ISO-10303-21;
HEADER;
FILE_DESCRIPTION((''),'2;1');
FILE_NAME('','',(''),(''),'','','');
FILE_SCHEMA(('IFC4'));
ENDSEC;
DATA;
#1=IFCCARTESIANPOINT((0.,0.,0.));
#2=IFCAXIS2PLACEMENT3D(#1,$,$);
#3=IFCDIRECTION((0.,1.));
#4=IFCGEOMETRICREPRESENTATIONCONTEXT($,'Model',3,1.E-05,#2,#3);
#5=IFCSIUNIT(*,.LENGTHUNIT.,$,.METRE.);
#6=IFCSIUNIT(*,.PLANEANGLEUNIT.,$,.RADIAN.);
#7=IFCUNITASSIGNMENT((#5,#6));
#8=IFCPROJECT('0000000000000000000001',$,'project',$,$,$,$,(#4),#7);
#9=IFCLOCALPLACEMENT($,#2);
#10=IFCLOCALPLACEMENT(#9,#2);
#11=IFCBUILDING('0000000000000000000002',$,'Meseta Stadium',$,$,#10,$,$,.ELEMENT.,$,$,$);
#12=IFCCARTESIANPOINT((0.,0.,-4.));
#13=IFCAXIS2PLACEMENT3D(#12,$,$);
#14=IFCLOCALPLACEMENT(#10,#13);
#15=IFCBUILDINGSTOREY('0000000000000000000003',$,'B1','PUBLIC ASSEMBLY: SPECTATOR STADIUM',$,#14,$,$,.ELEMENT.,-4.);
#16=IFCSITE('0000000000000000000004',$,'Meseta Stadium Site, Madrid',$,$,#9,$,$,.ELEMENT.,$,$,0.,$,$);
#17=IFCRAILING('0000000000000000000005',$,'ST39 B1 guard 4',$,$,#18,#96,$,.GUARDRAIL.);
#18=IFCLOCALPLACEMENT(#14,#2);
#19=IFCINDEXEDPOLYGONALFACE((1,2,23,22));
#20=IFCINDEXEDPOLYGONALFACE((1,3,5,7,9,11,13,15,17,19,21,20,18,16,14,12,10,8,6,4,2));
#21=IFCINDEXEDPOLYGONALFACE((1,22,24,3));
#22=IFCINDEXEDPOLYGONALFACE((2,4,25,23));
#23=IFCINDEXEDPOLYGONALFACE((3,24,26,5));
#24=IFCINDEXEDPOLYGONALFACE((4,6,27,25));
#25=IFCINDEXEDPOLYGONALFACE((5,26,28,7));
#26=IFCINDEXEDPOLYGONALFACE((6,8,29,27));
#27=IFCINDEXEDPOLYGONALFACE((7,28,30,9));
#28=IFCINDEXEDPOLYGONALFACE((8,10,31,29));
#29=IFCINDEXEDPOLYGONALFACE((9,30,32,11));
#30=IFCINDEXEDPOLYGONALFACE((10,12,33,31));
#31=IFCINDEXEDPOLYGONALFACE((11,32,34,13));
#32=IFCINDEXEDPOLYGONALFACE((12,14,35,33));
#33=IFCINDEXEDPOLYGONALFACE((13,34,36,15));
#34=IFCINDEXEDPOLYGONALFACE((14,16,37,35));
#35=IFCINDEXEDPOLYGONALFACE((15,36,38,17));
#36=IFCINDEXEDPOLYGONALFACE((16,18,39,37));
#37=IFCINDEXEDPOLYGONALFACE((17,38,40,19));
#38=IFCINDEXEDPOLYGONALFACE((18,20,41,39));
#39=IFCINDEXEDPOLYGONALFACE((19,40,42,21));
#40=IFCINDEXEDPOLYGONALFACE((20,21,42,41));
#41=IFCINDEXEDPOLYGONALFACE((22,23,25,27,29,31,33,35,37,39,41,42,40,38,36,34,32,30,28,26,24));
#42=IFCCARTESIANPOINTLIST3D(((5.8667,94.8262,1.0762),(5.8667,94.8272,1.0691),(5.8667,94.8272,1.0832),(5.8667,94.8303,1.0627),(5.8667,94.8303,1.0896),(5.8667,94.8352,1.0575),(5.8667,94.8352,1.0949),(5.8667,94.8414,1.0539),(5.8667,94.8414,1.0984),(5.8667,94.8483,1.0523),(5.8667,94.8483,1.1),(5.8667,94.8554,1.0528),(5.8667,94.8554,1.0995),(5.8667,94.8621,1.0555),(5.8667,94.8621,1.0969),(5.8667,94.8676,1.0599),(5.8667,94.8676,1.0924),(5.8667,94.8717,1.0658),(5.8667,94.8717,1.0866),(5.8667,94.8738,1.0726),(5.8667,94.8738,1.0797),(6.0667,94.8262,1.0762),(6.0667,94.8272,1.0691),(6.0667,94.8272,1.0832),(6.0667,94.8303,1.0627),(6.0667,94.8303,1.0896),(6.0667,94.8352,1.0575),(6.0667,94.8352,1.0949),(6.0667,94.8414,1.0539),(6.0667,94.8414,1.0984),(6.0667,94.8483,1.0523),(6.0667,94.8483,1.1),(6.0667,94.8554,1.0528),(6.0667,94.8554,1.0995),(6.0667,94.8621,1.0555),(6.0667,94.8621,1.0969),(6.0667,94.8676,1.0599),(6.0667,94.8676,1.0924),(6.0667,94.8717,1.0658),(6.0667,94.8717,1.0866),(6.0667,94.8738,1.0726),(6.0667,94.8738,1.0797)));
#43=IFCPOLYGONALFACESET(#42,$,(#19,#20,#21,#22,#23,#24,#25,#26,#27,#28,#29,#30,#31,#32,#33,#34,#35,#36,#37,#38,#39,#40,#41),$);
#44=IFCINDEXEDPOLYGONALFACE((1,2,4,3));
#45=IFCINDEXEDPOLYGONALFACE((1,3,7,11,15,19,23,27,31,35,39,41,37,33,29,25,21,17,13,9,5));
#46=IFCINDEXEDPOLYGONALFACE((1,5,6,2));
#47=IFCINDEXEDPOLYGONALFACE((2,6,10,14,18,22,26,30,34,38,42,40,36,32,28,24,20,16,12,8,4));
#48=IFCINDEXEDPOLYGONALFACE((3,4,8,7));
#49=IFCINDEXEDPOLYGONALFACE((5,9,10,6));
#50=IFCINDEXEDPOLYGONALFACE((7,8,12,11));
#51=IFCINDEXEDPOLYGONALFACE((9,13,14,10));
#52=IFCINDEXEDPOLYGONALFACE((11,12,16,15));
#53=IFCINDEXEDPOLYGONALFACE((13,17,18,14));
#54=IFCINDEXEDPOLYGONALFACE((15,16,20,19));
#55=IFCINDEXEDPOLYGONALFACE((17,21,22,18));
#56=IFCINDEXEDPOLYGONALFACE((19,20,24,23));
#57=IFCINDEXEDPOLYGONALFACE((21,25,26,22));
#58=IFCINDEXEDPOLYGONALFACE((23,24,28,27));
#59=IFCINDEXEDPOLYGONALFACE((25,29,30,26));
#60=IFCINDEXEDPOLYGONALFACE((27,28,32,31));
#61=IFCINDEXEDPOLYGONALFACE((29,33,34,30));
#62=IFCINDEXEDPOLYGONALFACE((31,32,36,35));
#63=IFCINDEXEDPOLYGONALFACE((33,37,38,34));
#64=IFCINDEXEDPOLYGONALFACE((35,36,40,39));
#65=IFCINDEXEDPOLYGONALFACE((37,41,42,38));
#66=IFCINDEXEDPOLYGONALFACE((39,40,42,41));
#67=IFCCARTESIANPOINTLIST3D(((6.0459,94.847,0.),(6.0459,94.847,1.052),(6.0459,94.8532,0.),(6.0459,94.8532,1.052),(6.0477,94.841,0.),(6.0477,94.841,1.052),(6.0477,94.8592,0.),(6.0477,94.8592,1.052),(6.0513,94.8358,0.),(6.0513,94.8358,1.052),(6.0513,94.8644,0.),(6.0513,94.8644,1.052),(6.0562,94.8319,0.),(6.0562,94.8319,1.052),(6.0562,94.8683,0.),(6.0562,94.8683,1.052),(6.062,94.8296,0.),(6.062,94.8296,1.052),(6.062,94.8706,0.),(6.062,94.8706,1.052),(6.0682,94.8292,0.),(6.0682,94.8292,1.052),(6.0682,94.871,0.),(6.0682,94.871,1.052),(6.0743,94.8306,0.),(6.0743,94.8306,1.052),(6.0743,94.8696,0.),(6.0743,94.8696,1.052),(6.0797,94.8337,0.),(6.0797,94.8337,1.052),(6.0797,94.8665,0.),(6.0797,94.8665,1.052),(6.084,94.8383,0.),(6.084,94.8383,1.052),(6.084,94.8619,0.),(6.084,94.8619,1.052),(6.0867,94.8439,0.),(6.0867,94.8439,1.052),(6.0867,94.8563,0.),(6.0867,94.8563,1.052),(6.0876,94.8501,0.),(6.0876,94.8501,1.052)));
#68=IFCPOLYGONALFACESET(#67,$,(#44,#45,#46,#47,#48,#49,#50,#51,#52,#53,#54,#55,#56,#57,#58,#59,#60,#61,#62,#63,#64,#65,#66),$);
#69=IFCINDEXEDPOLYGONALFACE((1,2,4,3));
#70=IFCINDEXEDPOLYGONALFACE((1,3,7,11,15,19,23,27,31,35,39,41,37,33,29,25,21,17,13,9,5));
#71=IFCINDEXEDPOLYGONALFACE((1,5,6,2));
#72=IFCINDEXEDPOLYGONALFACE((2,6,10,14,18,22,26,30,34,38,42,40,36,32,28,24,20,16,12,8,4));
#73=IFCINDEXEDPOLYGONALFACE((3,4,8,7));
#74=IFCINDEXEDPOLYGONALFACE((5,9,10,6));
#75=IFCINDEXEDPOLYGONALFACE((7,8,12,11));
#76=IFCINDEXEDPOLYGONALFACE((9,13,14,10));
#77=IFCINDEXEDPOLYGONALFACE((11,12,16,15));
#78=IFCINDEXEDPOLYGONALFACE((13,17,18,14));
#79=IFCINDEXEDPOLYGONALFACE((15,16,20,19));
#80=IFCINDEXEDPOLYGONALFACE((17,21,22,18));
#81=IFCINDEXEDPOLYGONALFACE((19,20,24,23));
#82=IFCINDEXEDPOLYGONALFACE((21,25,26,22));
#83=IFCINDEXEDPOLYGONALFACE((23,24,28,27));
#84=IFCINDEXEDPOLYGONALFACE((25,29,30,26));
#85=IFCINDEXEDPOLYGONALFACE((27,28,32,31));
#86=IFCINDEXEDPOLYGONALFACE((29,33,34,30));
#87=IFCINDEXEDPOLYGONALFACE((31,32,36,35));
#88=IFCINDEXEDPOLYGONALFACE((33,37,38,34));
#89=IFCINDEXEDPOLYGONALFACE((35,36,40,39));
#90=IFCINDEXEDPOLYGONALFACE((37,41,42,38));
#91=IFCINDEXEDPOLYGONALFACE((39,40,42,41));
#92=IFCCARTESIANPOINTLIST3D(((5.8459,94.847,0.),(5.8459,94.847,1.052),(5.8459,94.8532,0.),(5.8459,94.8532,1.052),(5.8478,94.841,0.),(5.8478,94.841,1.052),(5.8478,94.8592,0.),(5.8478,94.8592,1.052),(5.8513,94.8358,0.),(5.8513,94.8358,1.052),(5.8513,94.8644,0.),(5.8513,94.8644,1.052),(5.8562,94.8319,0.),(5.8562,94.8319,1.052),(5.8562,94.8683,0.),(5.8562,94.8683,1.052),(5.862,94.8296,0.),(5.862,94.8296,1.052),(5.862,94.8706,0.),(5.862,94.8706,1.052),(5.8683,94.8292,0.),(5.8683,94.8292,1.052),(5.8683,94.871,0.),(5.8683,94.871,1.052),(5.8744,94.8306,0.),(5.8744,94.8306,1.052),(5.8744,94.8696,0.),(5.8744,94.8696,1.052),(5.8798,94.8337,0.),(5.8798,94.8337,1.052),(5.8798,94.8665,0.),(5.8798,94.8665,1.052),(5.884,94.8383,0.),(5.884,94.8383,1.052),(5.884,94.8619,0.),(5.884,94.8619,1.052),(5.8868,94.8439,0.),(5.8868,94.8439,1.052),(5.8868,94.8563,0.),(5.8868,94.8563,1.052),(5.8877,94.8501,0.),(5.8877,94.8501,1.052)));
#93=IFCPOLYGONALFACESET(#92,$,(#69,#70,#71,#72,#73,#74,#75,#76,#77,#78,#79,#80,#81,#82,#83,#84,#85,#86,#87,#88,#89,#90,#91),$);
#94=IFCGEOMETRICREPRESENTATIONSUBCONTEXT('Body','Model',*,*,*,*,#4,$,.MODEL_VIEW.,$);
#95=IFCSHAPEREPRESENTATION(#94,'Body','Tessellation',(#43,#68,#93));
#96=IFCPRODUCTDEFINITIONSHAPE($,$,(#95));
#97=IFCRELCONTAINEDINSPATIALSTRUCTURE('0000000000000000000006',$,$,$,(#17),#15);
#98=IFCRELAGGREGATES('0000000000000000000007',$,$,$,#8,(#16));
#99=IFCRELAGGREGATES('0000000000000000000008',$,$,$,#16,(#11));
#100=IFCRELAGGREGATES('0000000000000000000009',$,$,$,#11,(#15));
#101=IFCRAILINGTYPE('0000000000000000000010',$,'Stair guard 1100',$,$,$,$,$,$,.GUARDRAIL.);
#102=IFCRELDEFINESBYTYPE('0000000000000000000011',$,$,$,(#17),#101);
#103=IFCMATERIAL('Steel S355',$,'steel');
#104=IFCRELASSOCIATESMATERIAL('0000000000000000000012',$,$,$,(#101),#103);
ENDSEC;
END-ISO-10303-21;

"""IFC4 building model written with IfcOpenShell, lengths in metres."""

from ifc_helpers import new_model, si_unit, direction, frame, origin, origin_2d, place, context, subcontext, project, spatial, circle, extrude, material, type_object, element, save


model = new_model("IFC4")

# Units and contexts
model_context = context("Model", 3, precision=1e-05, world=origin(), true_north=direction((0.0, 1.0)))
body_context = subcontext(model_context, "Body", "Model", "MODEL_VIEW")
ifc_project = project(units=[si_unit("LENGTHUNIT", "METRE"), si_unit("PLANEANGLEUNIT", "RADIAN")], contexts=[model_context])

# Site, building, storey
site_placement = place(None, origin())
site = spatial("IfcSite", under=ifc_project, at=site_placement, Name="Meseta Stadium Site, Madrid", CompositionType="ELEMENT", RefElevation=0.0)
building_placement = place(site_placement, origin())
building = spatial("IfcBuilding", under=site, at=building_placement, Name="Meseta Stadium", CompositionType="ELEMENT")
storey_placement = place(building_placement, frame((0.0, 0.0, -4.0)))
storey = spatial("IfcBuildingStorey", under=building, at=storey_placement, Name="B1", Description="PUBLIC ASSEMBLY: SPECTATOR STADIUM", CompositionType="ELEMENT", Elevation=-4.0)

# Railing
ifc_material_1 = material(Name="Steel S355", Category="steel")
railing_type_1 = type_object("IfcRailingType", Name="Stair guard 1100", PredefinedType="GUARDRAIL", material=ifc_material_1)
railing_1_placement = place(storey_placement, frame((6.0667, 94.8501, 0.0)))
element("IfcRailing", 1, at=railing_1_placement, inside=storey, type_object=railing_type_1, Name="ST39 B1 guard 4", PredefinedType="GUARDRAIL", context=body_context, shape_type="SweptSolid", body=[
    extrude(circle(Radius=0.0239, at=origin_2d()), frame((0.0, 0.0, 1.0762), z_axis=(-1.0, 0.0, 0.0), x_axis=(0.0, -1.0, 0.0)), (0.0, 0.0, 1.0), 0.2),
    extrude(circle(Radius=0.021, at=origin_2d()), origin(), (0.0, 0.0, 1.0), 1.052),
    extrude(circle(Radius=0.021, at=origin_2d()), frame((-0.2, 0.0, 0.0)), (0.0, 0.0, 1.0), 1.052),
])

save(model, "model.ifc")
